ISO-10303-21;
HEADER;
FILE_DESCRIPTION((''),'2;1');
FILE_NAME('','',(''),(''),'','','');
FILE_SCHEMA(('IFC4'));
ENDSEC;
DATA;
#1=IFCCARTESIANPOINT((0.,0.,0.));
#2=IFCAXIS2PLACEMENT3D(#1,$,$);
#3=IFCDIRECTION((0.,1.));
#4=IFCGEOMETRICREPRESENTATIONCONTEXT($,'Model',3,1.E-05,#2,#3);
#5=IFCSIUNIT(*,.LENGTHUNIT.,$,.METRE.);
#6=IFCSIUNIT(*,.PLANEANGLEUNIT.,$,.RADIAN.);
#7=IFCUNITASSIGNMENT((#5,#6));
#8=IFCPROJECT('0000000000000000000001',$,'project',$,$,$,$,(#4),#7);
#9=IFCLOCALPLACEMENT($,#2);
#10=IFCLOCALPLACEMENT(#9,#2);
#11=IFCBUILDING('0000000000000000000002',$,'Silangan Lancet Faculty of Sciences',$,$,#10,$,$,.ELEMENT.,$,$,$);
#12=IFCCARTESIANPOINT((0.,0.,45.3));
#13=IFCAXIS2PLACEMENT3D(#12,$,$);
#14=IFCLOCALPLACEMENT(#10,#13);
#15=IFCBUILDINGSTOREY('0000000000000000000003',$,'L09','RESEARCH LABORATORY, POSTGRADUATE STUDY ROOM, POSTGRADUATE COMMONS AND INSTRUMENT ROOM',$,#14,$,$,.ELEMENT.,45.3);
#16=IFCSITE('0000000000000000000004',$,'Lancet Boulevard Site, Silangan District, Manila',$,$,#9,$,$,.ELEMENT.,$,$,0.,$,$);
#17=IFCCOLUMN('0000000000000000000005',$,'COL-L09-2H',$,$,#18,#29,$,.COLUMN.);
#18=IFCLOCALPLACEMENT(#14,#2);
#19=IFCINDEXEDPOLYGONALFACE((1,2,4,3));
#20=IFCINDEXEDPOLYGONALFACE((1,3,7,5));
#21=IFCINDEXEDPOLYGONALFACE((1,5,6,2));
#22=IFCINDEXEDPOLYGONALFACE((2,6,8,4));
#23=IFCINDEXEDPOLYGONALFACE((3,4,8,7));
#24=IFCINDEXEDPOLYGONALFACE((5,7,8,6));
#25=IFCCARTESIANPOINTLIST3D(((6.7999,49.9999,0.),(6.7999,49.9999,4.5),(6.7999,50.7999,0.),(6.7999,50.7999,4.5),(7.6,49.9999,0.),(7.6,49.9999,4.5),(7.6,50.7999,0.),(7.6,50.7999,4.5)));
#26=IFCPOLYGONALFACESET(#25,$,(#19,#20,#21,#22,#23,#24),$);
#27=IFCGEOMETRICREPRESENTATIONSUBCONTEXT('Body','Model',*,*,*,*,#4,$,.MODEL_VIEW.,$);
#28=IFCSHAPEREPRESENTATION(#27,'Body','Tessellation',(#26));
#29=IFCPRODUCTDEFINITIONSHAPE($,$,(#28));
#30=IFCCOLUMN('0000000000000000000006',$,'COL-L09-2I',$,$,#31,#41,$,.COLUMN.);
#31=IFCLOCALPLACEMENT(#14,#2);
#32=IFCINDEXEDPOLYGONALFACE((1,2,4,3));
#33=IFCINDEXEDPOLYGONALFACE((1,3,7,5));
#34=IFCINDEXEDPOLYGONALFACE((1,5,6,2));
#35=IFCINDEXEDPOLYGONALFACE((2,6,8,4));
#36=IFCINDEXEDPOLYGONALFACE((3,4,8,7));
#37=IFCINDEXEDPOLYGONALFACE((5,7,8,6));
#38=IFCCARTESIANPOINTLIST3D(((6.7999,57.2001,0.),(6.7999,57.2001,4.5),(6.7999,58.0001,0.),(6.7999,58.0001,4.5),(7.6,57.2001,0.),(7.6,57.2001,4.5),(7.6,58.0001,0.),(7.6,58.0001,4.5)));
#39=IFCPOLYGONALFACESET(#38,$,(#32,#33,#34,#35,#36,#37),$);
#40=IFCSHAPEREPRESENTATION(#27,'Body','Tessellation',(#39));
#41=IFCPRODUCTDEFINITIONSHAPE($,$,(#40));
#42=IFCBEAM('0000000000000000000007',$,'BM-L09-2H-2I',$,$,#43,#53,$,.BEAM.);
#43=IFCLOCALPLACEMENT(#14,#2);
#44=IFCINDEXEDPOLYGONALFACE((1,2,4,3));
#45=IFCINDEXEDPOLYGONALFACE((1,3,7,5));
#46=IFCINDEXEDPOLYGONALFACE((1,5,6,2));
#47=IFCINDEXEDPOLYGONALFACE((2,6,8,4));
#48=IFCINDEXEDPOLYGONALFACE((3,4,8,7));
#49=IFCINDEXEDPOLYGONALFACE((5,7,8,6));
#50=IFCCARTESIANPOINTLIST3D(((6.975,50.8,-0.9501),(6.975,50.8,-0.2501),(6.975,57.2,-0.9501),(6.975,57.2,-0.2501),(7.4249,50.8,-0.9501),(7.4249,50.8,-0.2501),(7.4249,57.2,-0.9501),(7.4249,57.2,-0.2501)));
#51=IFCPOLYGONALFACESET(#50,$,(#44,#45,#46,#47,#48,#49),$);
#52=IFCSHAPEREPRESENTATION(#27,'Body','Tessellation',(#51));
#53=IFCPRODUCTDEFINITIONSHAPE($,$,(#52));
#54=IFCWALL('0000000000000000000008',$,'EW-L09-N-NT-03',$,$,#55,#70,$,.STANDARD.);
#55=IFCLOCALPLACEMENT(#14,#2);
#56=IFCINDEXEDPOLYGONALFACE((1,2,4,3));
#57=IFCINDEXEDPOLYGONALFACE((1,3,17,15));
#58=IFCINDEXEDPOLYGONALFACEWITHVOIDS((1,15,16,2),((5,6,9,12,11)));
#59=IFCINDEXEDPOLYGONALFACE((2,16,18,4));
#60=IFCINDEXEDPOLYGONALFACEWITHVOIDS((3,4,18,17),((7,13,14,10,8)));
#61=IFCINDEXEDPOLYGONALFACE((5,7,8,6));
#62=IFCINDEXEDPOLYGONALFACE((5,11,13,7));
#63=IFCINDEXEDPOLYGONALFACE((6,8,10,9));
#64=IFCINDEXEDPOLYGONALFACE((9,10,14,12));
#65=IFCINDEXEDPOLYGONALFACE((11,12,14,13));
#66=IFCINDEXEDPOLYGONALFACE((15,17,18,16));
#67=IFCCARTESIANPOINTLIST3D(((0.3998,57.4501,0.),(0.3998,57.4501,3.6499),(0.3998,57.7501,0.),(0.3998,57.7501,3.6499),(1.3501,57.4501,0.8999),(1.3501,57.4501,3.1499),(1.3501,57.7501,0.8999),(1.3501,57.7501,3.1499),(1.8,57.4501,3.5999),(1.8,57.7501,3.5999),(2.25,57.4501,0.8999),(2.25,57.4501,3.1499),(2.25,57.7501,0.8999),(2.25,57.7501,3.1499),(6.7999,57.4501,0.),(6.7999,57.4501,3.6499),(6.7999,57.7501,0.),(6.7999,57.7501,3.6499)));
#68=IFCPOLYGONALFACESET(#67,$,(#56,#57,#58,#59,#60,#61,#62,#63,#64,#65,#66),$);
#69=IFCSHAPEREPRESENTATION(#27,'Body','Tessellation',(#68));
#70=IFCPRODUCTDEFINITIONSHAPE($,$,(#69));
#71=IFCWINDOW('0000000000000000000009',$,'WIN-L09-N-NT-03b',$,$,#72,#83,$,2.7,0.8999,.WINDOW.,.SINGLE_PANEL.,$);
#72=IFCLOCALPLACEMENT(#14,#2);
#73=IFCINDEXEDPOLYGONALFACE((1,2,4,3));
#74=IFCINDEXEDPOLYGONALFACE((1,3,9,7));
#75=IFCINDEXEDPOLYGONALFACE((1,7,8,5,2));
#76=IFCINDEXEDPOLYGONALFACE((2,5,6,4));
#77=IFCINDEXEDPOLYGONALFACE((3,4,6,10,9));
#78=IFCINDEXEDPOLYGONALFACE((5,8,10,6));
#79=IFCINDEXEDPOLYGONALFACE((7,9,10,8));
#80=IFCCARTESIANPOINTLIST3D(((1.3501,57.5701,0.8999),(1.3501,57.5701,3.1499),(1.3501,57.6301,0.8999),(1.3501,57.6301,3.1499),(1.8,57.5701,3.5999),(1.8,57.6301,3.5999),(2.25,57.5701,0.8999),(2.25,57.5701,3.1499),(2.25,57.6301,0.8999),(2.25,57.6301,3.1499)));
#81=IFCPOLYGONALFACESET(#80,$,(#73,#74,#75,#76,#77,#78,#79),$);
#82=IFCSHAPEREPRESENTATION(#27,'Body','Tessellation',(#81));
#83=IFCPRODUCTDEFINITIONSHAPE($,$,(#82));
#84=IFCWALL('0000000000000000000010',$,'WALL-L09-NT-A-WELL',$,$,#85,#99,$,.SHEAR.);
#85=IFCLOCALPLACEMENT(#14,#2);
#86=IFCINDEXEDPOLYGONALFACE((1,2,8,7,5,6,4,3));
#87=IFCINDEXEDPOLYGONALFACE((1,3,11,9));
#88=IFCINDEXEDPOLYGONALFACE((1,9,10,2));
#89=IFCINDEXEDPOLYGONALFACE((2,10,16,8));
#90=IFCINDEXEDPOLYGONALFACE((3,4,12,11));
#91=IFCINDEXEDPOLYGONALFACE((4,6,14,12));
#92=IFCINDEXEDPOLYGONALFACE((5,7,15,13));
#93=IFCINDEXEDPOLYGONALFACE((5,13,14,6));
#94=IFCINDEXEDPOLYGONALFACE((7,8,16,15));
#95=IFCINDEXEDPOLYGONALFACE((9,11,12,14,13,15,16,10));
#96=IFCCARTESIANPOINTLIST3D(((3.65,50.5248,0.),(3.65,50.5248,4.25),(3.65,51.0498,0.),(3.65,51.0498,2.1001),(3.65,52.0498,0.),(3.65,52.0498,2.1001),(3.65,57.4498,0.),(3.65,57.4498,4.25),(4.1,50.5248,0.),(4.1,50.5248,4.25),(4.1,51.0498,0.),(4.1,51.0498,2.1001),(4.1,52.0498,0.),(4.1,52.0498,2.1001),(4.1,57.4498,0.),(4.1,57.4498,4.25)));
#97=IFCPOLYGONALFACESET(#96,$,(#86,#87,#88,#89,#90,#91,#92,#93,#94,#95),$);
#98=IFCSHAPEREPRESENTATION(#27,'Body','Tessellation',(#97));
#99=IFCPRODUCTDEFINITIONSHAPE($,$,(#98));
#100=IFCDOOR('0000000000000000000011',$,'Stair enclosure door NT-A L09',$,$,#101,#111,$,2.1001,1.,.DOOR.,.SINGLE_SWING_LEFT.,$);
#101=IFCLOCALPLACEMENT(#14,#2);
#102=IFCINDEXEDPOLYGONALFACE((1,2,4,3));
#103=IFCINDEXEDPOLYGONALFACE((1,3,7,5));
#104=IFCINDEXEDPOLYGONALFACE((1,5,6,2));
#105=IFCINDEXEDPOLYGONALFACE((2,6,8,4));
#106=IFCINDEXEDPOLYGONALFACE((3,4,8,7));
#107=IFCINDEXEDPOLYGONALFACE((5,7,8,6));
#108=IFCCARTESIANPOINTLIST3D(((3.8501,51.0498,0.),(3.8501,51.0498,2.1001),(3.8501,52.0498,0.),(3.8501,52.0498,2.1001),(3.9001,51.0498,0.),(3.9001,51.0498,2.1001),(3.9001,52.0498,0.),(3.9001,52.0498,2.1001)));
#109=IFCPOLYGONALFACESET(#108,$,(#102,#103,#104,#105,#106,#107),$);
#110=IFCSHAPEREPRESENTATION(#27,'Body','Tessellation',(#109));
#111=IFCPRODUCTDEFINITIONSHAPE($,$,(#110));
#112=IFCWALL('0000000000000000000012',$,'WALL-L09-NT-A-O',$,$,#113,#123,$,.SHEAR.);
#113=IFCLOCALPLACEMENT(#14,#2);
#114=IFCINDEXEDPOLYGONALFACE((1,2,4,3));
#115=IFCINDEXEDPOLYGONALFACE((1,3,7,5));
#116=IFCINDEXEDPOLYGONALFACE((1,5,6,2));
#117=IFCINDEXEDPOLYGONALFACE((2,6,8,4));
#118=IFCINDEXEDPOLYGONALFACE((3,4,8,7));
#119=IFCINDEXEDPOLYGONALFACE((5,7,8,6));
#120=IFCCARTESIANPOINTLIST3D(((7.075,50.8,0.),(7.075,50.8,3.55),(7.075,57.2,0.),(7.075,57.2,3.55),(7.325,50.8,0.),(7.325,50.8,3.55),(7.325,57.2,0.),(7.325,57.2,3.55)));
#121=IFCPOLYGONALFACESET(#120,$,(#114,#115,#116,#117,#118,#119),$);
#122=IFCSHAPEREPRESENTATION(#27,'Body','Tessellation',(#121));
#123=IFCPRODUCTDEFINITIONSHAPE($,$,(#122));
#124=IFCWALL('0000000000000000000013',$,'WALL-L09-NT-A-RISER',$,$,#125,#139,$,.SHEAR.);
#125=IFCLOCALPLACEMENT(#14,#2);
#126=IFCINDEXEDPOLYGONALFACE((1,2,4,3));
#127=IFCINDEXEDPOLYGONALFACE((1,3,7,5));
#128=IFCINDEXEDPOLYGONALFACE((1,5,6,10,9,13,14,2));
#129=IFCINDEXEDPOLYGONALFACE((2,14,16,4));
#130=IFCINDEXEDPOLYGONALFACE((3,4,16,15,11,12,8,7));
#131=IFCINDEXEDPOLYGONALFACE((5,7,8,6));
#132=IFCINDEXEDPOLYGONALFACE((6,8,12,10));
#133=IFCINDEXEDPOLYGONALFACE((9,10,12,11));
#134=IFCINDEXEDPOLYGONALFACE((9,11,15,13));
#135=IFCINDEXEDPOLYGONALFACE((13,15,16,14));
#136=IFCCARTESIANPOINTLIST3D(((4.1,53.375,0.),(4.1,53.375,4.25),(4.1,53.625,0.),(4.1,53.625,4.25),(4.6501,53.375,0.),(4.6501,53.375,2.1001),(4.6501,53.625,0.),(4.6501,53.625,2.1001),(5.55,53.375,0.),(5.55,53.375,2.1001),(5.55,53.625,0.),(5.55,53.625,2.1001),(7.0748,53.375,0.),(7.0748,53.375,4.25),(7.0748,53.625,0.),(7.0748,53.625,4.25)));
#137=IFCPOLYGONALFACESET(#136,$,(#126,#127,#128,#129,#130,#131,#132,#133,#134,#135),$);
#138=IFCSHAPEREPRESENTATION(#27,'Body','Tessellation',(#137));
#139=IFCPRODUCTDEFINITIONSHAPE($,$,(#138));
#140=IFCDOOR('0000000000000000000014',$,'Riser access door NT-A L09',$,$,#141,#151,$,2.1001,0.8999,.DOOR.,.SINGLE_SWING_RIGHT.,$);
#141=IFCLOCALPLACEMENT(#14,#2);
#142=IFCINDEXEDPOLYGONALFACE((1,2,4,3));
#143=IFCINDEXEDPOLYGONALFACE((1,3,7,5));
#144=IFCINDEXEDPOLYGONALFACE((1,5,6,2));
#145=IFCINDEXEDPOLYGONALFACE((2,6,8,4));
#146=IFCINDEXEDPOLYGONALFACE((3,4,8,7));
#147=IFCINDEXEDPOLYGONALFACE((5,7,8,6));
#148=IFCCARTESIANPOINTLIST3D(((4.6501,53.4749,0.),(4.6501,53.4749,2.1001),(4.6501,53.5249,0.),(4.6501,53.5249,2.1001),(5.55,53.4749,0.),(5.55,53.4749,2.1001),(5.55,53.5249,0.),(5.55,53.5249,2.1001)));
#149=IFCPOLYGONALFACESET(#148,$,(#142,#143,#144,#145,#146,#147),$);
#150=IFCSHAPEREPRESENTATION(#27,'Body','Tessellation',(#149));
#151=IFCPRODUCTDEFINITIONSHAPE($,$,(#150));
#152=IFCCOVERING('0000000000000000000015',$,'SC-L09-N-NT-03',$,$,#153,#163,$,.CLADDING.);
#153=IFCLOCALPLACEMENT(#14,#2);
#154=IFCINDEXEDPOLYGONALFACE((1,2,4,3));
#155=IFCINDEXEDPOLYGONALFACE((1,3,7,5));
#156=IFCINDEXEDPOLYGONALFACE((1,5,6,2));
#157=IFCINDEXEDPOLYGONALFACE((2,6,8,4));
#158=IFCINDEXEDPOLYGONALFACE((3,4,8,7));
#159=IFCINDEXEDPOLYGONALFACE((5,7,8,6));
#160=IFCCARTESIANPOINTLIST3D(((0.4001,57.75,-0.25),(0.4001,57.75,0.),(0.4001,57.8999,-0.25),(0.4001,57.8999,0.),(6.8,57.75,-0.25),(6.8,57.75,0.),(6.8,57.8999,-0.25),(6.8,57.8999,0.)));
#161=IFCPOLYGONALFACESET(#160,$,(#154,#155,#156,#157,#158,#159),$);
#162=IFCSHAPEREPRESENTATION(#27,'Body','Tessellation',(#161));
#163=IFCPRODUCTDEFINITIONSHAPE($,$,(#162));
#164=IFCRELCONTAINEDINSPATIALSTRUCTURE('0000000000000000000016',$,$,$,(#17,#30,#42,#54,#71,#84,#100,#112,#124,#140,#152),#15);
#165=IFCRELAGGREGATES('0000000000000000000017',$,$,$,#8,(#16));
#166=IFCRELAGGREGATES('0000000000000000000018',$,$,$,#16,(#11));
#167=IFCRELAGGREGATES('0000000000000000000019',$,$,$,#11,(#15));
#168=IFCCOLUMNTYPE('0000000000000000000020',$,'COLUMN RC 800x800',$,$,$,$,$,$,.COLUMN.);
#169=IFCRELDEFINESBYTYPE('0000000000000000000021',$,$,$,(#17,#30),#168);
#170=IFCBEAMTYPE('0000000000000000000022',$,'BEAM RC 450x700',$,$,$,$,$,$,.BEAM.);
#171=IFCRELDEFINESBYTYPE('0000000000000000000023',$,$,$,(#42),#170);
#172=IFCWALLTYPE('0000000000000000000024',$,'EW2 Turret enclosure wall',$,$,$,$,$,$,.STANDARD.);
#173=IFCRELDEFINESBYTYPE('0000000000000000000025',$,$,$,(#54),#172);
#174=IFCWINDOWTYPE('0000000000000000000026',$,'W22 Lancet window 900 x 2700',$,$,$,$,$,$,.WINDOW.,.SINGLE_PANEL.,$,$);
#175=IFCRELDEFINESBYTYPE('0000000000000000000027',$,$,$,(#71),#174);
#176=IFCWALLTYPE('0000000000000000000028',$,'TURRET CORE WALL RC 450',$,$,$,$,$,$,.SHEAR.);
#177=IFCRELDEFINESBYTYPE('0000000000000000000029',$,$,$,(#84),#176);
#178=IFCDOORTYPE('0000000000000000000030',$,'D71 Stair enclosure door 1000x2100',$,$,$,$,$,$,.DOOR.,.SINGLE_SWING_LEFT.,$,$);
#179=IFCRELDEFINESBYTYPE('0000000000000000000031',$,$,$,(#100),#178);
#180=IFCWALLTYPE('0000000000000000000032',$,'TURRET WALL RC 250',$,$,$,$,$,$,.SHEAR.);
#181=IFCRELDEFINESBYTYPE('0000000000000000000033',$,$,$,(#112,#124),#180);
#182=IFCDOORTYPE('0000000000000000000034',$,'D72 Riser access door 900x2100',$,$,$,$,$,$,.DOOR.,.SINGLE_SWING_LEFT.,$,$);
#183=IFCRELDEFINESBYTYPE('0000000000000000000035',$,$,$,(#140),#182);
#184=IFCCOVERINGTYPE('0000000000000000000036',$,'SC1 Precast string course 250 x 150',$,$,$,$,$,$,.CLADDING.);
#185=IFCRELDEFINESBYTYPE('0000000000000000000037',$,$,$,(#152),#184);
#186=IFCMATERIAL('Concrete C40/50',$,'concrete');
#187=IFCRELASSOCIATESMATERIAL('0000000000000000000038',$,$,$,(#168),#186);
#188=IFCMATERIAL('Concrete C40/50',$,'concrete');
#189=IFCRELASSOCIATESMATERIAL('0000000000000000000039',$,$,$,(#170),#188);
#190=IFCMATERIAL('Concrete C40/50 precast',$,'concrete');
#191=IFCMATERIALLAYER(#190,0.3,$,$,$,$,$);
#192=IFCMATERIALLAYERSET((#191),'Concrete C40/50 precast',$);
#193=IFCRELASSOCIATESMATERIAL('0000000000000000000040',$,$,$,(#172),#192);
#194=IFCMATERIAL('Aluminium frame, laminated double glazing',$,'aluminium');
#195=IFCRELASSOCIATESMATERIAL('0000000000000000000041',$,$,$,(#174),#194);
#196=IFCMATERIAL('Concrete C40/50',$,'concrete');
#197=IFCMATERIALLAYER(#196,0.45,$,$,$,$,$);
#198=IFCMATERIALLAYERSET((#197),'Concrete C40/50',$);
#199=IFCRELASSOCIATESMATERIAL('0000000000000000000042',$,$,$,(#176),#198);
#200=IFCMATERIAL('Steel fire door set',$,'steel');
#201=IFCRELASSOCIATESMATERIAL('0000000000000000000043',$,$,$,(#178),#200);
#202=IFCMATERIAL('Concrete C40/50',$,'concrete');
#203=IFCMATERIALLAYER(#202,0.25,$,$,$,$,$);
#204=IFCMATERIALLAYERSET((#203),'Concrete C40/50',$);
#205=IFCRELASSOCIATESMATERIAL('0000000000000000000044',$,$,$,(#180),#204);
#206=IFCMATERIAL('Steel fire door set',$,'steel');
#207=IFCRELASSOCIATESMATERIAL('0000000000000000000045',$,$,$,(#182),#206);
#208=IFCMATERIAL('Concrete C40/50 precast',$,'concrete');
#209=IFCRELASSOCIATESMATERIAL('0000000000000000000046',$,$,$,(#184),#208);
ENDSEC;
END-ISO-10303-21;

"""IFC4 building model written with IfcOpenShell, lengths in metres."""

from ifc_helpers import new_model, si_unit, direction, frame, frame_2d, origin, origin_2d, place, context, subcontext, project, spatial, polyline, rectangle, outline, extrude, material, layer, layer_set, material_profile, profile_set, type_object, element, fill, save


model = new_model("IFC4")

# Units and contexts
model_context = context("Model", 3, precision=1e-05, world=origin(), true_north=direction((0.0, 1.0)))
body_context = subcontext(model_context, "Body", "Model", "MODEL_VIEW")
ifc_project = project(units=[si_unit("LENGTHUNIT", "METRE"), si_unit("PLANEANGLEUNIT", "RADIAN")], contexts=[model_context])

# Site, building, storey
site_placement = place(None, origin())
site = spatial("IfcSite", under=ifc_project, at=site_placement, Name="Lancet Boulevard Site, Silangan District, Manila", CompositionType="ELEMENT", RefElevation=0.0)
building_placement = place(site_placement, origin())
building = spatial("IfcBuilding", under=site, at=building_placement, Name="Silangan Lancet Faculty of Sciences", CompositionType="ELEMENT")
storey_placement = place(building_placement, frame((0.0, 0.0, 45.3)))
storey = spatial("IfcBuildingStorey", under=building, at=storey_placement, Name="L09", Description="RESEARCH LABORATORY, POSTGRADUATE STUDY ROOM, POSTGRADUATE COMMONS AND INSTRUMENT ROOM", CompositionType="ELEMENT", Elevation=45.3)

# Columns
ifc_material_1 = material(Name="Concrete C40/50", Category="concrete")
ifc_material_profile_1 = material_profile(ifc_material_1, rectangle(XDim=0.8, YDim=0.8, at=origin_2d()), Name="RC 800x800")
ifc_profile_set_1 = profile_set([ifc_material_profile_1], Name="Concrete C40/50")
column_type = type_object("IfcColumnType", Name="COLUMN RC 800x800", PredefinedType="COLUMN", material=ifc_profile_set_1)
for number, where, z_axis, x_axis, name in (
    (1, (7.2, 50.3999, 0.0), (0.0, 0.0, 1.0), (1.0, 0.0, 0.0), "COL-L09-2H"),
    (2, (7.2, 57.6001, 0.0), (0.0, 0.0, 1.0), (1.0, 0.0, 0.0), "COL-L09-2I"),
):
    element("IfcColumn", number, at=place(storey_placement, frame(where, z_axis=z_axis, x_axis=x_axis)), inside=storey, type_object=column_type, Name=name, PredefinedType="COLUMN", context=body_context, shape_type="SweptSolid", body=[
        extrude(rectangle(XDim=0.8, YDim=0.8, at=origin_2d()), origin(), (0.0, 0.0, 1.0), 4.5),
    ])

# Beam
ifc_material_2 = material(Name="Concrete C40/50", Category="concrete")
ifc_material_profile_2 = material_profile(ifc_material_2, rectangle(XDim=0.45, YDim=0.7, at=origin_2d()), Name="RC 450x700")
ifc_profile_set_2 = profile_set([ifc_material_profile_2], Name="Concrete C40/50")
beam_type = type_object("IfcBeamType", Name="BEAM RC 450x700", PredefinedType="BEAM", material=ifc_profile_set_2)
beam_placement = place(storey_placement, frame((7.2, 50.8, -0.6001), z_axis=(0.0, 1.0, 0.0), x_axis=(-1.0, 0.0, 0.0)))
element("IfcBeam", 3, at=beam_placement, inside=storey, type_object=beam_type, Name="BM-L09-2H-2I", PredefinedType="BEAM", context=body_context, shape_type="SweptSolid", body=[
    extrude(rectangle(XDim=0.45, YDim=0.7, at=origin_2d()), origin(), (0.0, 0.0, 1.0), 6.3999),
])

# Wall, opening, window
ifc_material_3 = material(Name="Concrete C40/50 precast", Category="concrete")
ifc_layer_1 = layer(ifc_material_3, 0.3)
ifc_layer_set_1 = layer_set([ifc_layer_1], Name="Concrete C40/50 precast")
wall_type_1 = type_object("IfcWallType", Name="EW2 Turret enclosure wall", PredefinedType="STANDARD", material=ifc_layer_set_1)
wall_1_placement = place(storey_placement, frame((6.8, 57.6001, 0.0), z_axis=(0.0, 0.0, 1.0), x_axis=(-1.0, 0.0, 0.0)))
wall_1 = element("IfcWall", 4, at=wall_1_placement, inside=storey, type_object=wall_type_1, Name="EW-L09-N-NT-03", PredefinedType="STANDARD", context=body_context, shape_type="SweptSolid", body=[
    extrude(rectangle(XDim=6.4001, YDim=0.3, at=frame_2d((3.2002, 0.0))), origin(), (0.0, 0.0, 1.0), 3.6499),
])
opening_1_placement = place(wall_1_placement, frame((4.55, 0.0, 0.8999)))
opening_1 = element("IfcOpeningElement", 5, at=opening_1_placement, cuts=wall_1, PredefinedType="OPENING", context=body_context, shape_type="SweptSolid", body=[
    extrude(outline(polyline([(0.0, 0.0), (0.8999, 0.0), (0.8999, 2.25), (0.45, 2.7), (0.0, 2.25), (0.0, 0.0)])), frame((0.0, 0.1599, 0.0), z_axis=(0.0, -1.0, 0.0), x_axis=(1.0, 0.0, 0.0)), (0.0, 0.0, 1.0), 0.3201),
])
ifc_material_4 = material(Name="Aluminium frame, laminated double glazing", Category="aluminium")
window_type = type_object("IfcWindowType", Name="W22 Lancet window 900 x 2700", PartitioningType="SINGLE_PANEL", PredefinedType="WINDOW", material=ifc_material_4)
window_placement = place(opening_1_placement, origin())
window = element("IfcWindow", 6, at=window_placement, inside=storey, type_object=window_type, Name="WIN-L09-N-NT-03b", OverallHeight=2.7, OverallWidth=0.8999, PartitioningType="SINGLE_PANEL", PredefinedType="WINDOW", context=body_context, shape_type="SweptSolid", body=[
    extrude(outline(polyline([(0.0, 0.0), (0.8999, 0.0), (0.8999, 2.25), (0.45, 2.7), (0.0, 2.25), (0.0, 0.0)])), frame((0.0, 0.03, 0.0), z_axis=(0.0, -1.0, 0.0), x_axis=(1.0, 0.0, 0.0)), (0.0, 0.0, 1.0), 0.0601),
])
fill(opening_1, window)

# Wall, opening, door
ifc_material_5 = material(Name="Concrete C40/50", Category="concrete")
ifc_layer_2 = layer(ifc_material_5, 0.45)
ifc_layer_set_2 = layer_set([ifc_layer_2], Name="Concrete C40/50")
wall_type_2 = type_object("IfcWallType", Name="TURRET CORE WALL RC 450", PredefinedType="SHEAR", material=ifc_layer_set_2)
wall_2_placement = place(storey_placement, frame((3.875, 50.5249, 0.0), z_axis=(0.0, 0.0, 1.0), x_axis=(0.0, 1.0, 0.0)))
wall_2 = element("IfcWall", 7, at=wall_2_placement, inside=storey, type_object=wall_type_2, Name="WALL-L09-NT-A-WELL", PredefinedType="SHEAR", context=body_context, shape_type="SweptSolid", body=[
    extrude(rectangle(XDim=6.925, YDim=0.45, at=frame_2d((3.4624, 0.0))), origin(), (0.0, 0.0, 1.0), 4.25),
])
opening_2_placement = place(wall_2_placement, frame((0.5249, 0.0, 0.0)))
opening_2 = element("IfcOpeningElement", 8, at=opening_2_placement, cuts=wall_2, PredefinedType="OPENING", context=body_context, shape_type="SweptSolid", body=[
    extrude(rectangle(XDim=1.0, YDim=2.1001, at=frame_2d((0.5, 1.05))), frame((0.0, 0.2349, 0.0), z_axis=(0.0, -1.0, 0.0), x_axis=(1.0, 0.0, 0.0)), (0.0, 0.0, 1.0), 0.47),
])
ifc_material_6 = material(Name="Steel fire door set", Category="steel")
door_type_1 = type_object("IfcDoorType", Name="D71 Stair enclosure door 1000x2100", OperationType="SINGLE_SWING_LEFT", PredefinedType="DOOR", material=ifc_material_6)
door_1_placement = place(opening_2_placement, origin())
door_1 = element("IfcDoor", 9, at=door_1_placement, inside=storey, type_object=door_type_1, Name="Stair enclosure door NT-A L09", OperationType="SINGLE_SWING_LEFT", OverallHeight=2.1001, OverallWidth=1.0, PredefinedType="DOOR", context=body_context, shape_type="SweptSolid", body=[
    extrude(rectangle(XDim=1.0, YDim=2.1001, at=frame_2d((0.5, 1.05))), frame((0.0, 0.0249, 0.0), z_axis=(0.0, -1.0, 0.0), x_axis=(1.0, 0.0, 0.0)), (0.0, 0.0, 1.0), 0.05),
])
fill(opening_2, door_1)

# Wall
ifc_material_7 = material(Name="Concrete C40/50", Category="concrete")
ifc_layer_3 = layer(ifc_material_7, 0.25)
ifc_layer_set_3 = layer_set([ifc_layer_3], Name="Concrete C40/50")
wall_type_3 = type_object("IfcWallType", Name="TURRET WALL RC 250", PredefinedType="SHEAR", material=ifc_layer_set_3)
wall_3_placement = place(storey_placement, frame((7.2, 50.8, 0.0), z_axis=(0.0, 0.0, 1.0), x_axis=(0.0, 1.0, 0.0)))
element("IfcWall", 10, at=wall_3_placement, inside=storey, type_object=wall_type_3, Name="WALL-L09-NT-A-O", PredefinedType="SHEAR", context=body_context, shape_type="SweptSolid", body=[
    extrude(rectangle(XDim=6.3999, YDim=0.25, at=frame_2d((3.2, 0.0))), origin(), (0.0, 0.0, 1.0), 3.55),
])

# Wall, opening, door
wall_4_placement = place(storey_placement, frame((4.1001, 53.5, 0.0), z_axis=(0.0, 0.0, 1.0), x_axis=(1.0, 0.0, 0.0)))
wall_4 = element("IfcWall", 11, at=wall_4_placement, inside=storey, type_object=wall_type_3, Name="WALL-L09-NT-A-RISER", PredefinedType="SHEAR", context=body_context, shape_type="SweptSolid", body=[
    extrude(rectangle(XDim=2.9749, YDim=0.25, at=frame_2d((1.4873, 0.0))), origin(), (0.0, 0.0, 1.0), 4.25),
])
opening_3_placement = place(wall_4_placement, frame((0.55, 0.0, 0.0)))
opening_3 = element("IfcOpeningElement", 12, at=opening_3_placement, cuts=wall_4, PredefinedType="OPENING", context=body_context, shape_type="SweptSolid", body=[
    extrude(rectangle(XDim=0.8999, YDim=2.1001, at=frame_2d((0.45, 1.05))), frame((0.0, 0.135, 0.0), z_axis=(0.0, -1.0, 0.0), x_axis=(1.0, 0.0, 0.0)), (0.0, 0.0, 1.0), 0.27),
])
ifc_material_8 = material(Name="Steel fire door set", Category="steel")
door_type_2 = type_object("IfcDoorType", Name="D72 Riser access door 900x2100", OperationType="SINGLE_SWING_LEFT", PredefinedType="DOOR", material=ifc_material_8)
door_2_placement = place(opening_3_placement, origin())
door_2 = element("IfcDoor", 13, at=door_2_placement, inside=storey, type_object=door_type_2, Name="Riser access door NT-A L09", OperationType="SINGLE_SWING_RIGHT", OverallHeight=2.1001, OverallWidth=0.8999, PredefinedType="DOOR", context=body_context, shape_type="SweptSolid", body=[
    extrude(rectangle(XDim=0.8999, YDim=2.1001, at=frame_2d((0.45, 1.05))), frame((0.0, 0.0249, 0.0), z_axis=(0.0, -1.0, 0.0), x_axis=(1.0, 0.0, 0.0)), (0.0, 0.0, 1.0), 0.05),
])
fill(opening_3, door_2)

# Covering
ifc_material_9 = material(Name="Concrete C40/50 precast", Category="concrete")
covering_type = type_object("IfcCoveringType", Name="SC1 Precast string course 250 x 150", PredefinedType="CLADDING", material=ifc_material_9)
covering_placement = place(storey_placement, frame((3.6001, 57.825, -0.25), z_axis=(0.0, 0.0, 1.0), x_axis=(1.0, 0.0, 0.0)))
element("IfcCovering", 14, at=covering_placement, inside=storey, type_object=covering_type, Name="SC-L09-N-NT-03", PredefinedType="CLADDING", context=body_context, shape_type="SweptSolid", body=[
    extrude(rectangle(XDim=6.3999, YDim=0.1499, at=origin_2d()), origin(), (0.0, 0.0, 1.0), 0.25),
])

save(model, "model.ifc")
